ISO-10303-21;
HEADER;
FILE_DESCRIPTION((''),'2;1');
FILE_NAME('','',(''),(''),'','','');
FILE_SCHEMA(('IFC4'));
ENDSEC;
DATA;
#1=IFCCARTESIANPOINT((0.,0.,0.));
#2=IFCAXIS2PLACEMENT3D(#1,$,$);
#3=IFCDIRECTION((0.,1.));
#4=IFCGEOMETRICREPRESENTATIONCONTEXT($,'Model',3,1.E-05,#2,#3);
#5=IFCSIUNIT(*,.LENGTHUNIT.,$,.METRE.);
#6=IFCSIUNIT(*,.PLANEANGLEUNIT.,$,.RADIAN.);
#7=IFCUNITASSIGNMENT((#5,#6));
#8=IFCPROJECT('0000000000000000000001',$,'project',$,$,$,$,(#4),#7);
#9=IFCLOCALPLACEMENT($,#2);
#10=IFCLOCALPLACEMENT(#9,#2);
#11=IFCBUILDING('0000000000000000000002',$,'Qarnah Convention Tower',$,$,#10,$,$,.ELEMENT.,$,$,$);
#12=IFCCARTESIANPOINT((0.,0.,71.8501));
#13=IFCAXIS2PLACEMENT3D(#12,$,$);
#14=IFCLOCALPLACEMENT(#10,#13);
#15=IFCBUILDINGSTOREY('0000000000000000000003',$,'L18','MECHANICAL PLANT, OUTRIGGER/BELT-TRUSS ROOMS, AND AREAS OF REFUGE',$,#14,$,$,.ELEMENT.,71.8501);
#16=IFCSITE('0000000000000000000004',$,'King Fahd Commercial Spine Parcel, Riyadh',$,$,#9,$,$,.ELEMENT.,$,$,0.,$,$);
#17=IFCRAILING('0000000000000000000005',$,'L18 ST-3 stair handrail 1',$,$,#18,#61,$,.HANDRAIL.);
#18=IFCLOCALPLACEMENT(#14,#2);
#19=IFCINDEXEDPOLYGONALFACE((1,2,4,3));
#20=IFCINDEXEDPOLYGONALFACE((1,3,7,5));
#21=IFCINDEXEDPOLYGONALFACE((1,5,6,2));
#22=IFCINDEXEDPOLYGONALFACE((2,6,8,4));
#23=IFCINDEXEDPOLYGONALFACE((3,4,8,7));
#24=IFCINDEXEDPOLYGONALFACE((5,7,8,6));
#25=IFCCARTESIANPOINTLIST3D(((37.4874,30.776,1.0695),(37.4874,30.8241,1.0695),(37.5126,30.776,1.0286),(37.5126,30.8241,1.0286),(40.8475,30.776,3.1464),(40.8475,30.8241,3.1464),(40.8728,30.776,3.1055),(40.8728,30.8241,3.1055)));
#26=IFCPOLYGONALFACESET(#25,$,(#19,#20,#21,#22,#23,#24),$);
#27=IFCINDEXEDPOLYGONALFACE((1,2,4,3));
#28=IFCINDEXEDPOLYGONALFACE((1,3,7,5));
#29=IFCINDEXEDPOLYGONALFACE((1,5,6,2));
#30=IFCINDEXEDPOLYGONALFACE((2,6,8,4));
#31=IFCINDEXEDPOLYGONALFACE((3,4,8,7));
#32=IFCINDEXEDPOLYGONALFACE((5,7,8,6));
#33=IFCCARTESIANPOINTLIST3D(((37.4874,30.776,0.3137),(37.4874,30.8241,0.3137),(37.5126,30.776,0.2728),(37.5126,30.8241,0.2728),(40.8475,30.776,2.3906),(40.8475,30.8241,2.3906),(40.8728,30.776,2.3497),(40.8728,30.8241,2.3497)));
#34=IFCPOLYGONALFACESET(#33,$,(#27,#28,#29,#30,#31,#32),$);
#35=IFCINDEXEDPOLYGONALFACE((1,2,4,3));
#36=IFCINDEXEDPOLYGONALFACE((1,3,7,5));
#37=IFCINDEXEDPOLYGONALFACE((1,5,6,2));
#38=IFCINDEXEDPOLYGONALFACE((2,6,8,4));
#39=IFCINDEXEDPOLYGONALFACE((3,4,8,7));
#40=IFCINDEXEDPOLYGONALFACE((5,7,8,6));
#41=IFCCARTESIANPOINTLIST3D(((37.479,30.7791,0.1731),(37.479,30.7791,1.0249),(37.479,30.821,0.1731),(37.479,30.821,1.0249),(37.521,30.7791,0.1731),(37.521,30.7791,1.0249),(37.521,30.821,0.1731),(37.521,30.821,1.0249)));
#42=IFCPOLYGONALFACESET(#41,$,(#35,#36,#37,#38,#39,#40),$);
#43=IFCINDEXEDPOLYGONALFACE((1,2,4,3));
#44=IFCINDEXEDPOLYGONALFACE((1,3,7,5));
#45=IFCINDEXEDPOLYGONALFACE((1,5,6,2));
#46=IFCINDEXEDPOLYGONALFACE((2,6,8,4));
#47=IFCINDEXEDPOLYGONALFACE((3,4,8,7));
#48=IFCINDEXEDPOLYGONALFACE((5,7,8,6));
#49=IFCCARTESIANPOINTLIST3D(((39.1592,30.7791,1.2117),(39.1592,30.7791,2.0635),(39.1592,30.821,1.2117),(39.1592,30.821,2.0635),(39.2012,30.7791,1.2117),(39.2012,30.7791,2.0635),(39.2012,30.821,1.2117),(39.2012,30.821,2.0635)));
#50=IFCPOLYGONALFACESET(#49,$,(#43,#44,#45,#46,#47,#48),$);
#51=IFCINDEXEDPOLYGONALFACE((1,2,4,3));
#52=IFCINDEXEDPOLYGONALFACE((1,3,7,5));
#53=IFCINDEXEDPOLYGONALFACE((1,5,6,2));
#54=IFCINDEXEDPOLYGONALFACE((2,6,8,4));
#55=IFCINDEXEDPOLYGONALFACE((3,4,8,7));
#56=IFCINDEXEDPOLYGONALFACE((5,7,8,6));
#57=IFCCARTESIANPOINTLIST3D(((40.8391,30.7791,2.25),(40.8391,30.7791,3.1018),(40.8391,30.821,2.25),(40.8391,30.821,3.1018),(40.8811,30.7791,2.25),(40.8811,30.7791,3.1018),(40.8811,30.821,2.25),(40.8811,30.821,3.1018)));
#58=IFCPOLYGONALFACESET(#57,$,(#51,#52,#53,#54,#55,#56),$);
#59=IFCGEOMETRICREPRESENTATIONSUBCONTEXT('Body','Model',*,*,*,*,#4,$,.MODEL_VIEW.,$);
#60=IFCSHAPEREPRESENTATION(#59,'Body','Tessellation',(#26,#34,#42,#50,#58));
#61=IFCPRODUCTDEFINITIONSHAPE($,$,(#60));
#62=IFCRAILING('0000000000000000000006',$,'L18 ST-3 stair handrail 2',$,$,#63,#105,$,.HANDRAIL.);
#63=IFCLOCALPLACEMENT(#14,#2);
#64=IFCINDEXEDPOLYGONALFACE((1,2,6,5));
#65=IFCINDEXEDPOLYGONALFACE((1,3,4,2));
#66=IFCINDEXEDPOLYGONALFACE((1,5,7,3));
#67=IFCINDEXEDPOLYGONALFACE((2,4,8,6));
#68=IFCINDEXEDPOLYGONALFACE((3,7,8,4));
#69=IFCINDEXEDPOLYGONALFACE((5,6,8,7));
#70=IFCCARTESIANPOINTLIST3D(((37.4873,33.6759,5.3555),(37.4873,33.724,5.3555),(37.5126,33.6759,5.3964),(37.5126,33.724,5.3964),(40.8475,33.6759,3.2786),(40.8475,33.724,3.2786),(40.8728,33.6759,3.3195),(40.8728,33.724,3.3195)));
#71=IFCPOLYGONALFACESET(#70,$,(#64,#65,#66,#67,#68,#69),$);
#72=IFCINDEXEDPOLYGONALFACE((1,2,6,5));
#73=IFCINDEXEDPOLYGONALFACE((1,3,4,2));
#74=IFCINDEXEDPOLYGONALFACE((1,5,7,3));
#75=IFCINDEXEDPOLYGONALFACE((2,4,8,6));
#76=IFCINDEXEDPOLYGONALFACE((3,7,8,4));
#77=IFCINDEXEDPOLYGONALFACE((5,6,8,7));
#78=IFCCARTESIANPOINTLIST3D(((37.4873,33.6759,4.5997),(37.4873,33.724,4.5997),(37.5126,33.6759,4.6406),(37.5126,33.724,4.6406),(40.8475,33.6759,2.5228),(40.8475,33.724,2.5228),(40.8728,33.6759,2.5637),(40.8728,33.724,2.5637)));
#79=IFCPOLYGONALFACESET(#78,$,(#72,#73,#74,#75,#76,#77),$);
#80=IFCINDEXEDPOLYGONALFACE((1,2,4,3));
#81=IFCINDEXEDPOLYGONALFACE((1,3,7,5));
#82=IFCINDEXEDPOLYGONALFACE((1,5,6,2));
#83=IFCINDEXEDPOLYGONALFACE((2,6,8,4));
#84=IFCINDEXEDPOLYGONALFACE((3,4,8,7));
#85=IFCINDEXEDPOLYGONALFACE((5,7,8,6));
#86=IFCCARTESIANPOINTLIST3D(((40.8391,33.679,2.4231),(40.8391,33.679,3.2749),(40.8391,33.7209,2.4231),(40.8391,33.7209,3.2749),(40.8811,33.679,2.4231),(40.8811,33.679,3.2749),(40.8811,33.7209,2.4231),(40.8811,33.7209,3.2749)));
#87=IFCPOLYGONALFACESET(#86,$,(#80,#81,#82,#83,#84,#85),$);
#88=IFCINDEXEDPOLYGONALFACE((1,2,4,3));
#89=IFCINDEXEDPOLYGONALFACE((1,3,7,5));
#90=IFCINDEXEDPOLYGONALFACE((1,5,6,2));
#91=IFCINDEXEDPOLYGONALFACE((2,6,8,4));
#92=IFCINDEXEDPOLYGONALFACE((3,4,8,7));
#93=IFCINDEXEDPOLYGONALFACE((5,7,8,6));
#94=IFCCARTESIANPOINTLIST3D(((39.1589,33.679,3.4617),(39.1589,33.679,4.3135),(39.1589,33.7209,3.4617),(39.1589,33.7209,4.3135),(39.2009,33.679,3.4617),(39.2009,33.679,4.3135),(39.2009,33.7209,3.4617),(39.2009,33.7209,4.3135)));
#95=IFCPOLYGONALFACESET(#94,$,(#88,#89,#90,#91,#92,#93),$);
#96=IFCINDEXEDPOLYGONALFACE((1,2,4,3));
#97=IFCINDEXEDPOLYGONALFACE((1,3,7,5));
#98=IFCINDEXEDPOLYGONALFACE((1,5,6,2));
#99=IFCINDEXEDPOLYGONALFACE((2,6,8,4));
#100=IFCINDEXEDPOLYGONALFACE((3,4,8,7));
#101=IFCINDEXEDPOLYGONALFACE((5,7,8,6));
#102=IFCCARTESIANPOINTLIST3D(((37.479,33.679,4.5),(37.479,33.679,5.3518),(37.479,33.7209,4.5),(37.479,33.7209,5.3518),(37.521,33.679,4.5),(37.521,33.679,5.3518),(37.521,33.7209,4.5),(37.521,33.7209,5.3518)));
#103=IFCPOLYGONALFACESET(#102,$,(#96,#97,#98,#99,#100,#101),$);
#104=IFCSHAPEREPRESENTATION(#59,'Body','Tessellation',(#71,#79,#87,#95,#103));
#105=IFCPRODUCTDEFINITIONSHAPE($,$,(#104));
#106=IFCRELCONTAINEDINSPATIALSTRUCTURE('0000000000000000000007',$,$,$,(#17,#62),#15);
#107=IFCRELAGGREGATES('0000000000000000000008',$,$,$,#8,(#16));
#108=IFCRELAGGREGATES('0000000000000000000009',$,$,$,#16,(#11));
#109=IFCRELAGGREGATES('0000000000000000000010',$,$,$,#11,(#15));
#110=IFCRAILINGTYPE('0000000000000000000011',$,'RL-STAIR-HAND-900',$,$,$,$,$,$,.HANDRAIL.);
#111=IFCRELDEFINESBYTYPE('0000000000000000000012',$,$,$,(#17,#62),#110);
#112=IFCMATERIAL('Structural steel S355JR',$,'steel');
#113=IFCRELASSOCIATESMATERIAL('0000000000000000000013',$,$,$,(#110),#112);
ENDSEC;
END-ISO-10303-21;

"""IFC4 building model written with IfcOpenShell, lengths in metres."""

from ifc_helpers import new_model, si_unit, direction, frame, origin, origin_2d, place, context, subcontext, project, spatial, rectangle, extrude, material, type_object, element, save


model = new_model("IFC4")

# Units and contexts
model_context = context("Model", 3, precision=1e-05, world=origin(), true_north=direction((0.0, 1.0)))
body_context = subcontext(model_context, "Body", "Model", "MODEL_VIEW")
ifc_project = project(units=[si_unit("LENGTHUNIT", "METRE"), si_unit("PLANEANGLEUNIT", "RADIAN")], contexts=[model_context])

# Site, building, storey
site_placement = place(None, origin())
site = spatial("IfcSite", under=ifc_project, at=site_placement, Name="King Fahd Commercial Spine Parcel, Riyadh", CompositionType="ELEMENT", RefElevation=0.0)
building_placement = place(site_placement, origin())
building = spatial("IfcBuilding", under=site, at=building_placement, Name="Qarnah Convention Tower", CompositionType="ELEMENT")
storey_placement = place(building_placement, frame((0.0, 0.0, 71.8501)))
storey = spatial("IfcBuildingStorey", under=building, at=storey_placement, Name="L18", Description="MECHANICAL PLANT, OUTRIGGER/BELT-TRUSS ROOMS, AND AREAS OF REFUGE", CompositionType="ELEMENT", Elevation=71.8501)

# Shared definitions
ifc_material_1 = material(Name="Structural steel S355JR", Category="steel")

# Railings
railing_type_1 = type_object("IfcRailingType", Name="RL-STAIR-HAND-900", PredefinedType="HANDRAIL", material=ifc_material_1)
railing_1_placement = place(storey_placement, frame((37.5, 30.8, 0.1731)))
element("IfcRailing", 1, at=railing_1_placement, inside=storey, type_object=railing_type_1, Name="L18 ST-3 stair handrail 1", PredefinedType="HANDRAIL", context=body_context, shape_type="SweptSolid", body=[
    extrude(rectangle(XDim=0.0481, YDim=0.0481, at=origin_2d()), frame((0.0, 0.0, 0.876), z_axis=(0.850623, 0.0, 0.525776), x_axis=(0.0, 1.0, 0.0)), (0.0, 0.0, 1.0), 3.9502),
    extrude(rectangle(XDim=0.0481, YDim=0.0481, at=origin_2d()), frame((0.0, 0.0, 0.1201), z_axis=(0.850623, 0.0, 0.525776), x_axis=(0.0, 1.0, 0.0)), (0.0, 0.0, 1.0), 3.9502),
    extrude(rectangle(XDim=0.042, YDim=0.042, at=origin_2d()), origin(), (0.0, 0.0, 1.0), 0.8518),
    extrude(rectangle(XDim=0.042, YDim=0.042, at=origin_2d()), frame((1.6802, 0.0, 1.0386)), (0.0, 0.0, 1.0), 0.8518),
    extrude(rectangle(XDim=0.042, YDim=0.042, at=origin_2d()), frame((3.3601, 0.0, 2.0769)), (0.0, 0.0, 1.0), 0.8518),
])
railing_2_placement = place(storey_placement, frame((40.8601, 33.7, 2.4231)))
element("IfcRailing", 2, at=railing_2_placement, inside=storey, type_object=railing_type_1, Name="L18 ST-3 stair handrail 2", PredefinedType="HANDRAIL", context=body_context, shape_type="SweptSolid", body=[
    extrude(rectangle(XDim=0.0481, YDim=0.0481, at=origin_2d()), frame((0.0, 0.0, 0.876), z_axis=(-0.850623, 0.0, 0.525776), x_axis=(0.0, -1.0, 0.0)), (0.0, 0.0, 1.0), 3.9502),
    extrude(rectangle(XDim=0.0481, YDim=0.0481, at=origin_2d()), frame((0.0, 0.0, 0.1201), z_axis=(-0.850623, 0.0, 0.525776), x_axis=(0.0, -1.0, 0.0)), (0.0, 0.0, 1.0), 3.9502),
    extrude(rectangle(XDim=0.042, YDim=0.042, at=origin_2d()), origin(), (0.0, 0.0, 1.0), 0.8518),
    extrude(rectangle(XDim=0.042, YDim=0.042, at=origin_2d()), frame((-1.6802, 0.0, 1.0386)), (0.0, 0.0, 1.0), 0.8518),
    extrude(rectangle(XDim=0.042, YDim=0.042, at=origin_2d()), frame((-3.3601, 0.0, 2.0769)), (0.0, 0.0, 1.0), 0.8518),
])

save(model, "model.ifc")
